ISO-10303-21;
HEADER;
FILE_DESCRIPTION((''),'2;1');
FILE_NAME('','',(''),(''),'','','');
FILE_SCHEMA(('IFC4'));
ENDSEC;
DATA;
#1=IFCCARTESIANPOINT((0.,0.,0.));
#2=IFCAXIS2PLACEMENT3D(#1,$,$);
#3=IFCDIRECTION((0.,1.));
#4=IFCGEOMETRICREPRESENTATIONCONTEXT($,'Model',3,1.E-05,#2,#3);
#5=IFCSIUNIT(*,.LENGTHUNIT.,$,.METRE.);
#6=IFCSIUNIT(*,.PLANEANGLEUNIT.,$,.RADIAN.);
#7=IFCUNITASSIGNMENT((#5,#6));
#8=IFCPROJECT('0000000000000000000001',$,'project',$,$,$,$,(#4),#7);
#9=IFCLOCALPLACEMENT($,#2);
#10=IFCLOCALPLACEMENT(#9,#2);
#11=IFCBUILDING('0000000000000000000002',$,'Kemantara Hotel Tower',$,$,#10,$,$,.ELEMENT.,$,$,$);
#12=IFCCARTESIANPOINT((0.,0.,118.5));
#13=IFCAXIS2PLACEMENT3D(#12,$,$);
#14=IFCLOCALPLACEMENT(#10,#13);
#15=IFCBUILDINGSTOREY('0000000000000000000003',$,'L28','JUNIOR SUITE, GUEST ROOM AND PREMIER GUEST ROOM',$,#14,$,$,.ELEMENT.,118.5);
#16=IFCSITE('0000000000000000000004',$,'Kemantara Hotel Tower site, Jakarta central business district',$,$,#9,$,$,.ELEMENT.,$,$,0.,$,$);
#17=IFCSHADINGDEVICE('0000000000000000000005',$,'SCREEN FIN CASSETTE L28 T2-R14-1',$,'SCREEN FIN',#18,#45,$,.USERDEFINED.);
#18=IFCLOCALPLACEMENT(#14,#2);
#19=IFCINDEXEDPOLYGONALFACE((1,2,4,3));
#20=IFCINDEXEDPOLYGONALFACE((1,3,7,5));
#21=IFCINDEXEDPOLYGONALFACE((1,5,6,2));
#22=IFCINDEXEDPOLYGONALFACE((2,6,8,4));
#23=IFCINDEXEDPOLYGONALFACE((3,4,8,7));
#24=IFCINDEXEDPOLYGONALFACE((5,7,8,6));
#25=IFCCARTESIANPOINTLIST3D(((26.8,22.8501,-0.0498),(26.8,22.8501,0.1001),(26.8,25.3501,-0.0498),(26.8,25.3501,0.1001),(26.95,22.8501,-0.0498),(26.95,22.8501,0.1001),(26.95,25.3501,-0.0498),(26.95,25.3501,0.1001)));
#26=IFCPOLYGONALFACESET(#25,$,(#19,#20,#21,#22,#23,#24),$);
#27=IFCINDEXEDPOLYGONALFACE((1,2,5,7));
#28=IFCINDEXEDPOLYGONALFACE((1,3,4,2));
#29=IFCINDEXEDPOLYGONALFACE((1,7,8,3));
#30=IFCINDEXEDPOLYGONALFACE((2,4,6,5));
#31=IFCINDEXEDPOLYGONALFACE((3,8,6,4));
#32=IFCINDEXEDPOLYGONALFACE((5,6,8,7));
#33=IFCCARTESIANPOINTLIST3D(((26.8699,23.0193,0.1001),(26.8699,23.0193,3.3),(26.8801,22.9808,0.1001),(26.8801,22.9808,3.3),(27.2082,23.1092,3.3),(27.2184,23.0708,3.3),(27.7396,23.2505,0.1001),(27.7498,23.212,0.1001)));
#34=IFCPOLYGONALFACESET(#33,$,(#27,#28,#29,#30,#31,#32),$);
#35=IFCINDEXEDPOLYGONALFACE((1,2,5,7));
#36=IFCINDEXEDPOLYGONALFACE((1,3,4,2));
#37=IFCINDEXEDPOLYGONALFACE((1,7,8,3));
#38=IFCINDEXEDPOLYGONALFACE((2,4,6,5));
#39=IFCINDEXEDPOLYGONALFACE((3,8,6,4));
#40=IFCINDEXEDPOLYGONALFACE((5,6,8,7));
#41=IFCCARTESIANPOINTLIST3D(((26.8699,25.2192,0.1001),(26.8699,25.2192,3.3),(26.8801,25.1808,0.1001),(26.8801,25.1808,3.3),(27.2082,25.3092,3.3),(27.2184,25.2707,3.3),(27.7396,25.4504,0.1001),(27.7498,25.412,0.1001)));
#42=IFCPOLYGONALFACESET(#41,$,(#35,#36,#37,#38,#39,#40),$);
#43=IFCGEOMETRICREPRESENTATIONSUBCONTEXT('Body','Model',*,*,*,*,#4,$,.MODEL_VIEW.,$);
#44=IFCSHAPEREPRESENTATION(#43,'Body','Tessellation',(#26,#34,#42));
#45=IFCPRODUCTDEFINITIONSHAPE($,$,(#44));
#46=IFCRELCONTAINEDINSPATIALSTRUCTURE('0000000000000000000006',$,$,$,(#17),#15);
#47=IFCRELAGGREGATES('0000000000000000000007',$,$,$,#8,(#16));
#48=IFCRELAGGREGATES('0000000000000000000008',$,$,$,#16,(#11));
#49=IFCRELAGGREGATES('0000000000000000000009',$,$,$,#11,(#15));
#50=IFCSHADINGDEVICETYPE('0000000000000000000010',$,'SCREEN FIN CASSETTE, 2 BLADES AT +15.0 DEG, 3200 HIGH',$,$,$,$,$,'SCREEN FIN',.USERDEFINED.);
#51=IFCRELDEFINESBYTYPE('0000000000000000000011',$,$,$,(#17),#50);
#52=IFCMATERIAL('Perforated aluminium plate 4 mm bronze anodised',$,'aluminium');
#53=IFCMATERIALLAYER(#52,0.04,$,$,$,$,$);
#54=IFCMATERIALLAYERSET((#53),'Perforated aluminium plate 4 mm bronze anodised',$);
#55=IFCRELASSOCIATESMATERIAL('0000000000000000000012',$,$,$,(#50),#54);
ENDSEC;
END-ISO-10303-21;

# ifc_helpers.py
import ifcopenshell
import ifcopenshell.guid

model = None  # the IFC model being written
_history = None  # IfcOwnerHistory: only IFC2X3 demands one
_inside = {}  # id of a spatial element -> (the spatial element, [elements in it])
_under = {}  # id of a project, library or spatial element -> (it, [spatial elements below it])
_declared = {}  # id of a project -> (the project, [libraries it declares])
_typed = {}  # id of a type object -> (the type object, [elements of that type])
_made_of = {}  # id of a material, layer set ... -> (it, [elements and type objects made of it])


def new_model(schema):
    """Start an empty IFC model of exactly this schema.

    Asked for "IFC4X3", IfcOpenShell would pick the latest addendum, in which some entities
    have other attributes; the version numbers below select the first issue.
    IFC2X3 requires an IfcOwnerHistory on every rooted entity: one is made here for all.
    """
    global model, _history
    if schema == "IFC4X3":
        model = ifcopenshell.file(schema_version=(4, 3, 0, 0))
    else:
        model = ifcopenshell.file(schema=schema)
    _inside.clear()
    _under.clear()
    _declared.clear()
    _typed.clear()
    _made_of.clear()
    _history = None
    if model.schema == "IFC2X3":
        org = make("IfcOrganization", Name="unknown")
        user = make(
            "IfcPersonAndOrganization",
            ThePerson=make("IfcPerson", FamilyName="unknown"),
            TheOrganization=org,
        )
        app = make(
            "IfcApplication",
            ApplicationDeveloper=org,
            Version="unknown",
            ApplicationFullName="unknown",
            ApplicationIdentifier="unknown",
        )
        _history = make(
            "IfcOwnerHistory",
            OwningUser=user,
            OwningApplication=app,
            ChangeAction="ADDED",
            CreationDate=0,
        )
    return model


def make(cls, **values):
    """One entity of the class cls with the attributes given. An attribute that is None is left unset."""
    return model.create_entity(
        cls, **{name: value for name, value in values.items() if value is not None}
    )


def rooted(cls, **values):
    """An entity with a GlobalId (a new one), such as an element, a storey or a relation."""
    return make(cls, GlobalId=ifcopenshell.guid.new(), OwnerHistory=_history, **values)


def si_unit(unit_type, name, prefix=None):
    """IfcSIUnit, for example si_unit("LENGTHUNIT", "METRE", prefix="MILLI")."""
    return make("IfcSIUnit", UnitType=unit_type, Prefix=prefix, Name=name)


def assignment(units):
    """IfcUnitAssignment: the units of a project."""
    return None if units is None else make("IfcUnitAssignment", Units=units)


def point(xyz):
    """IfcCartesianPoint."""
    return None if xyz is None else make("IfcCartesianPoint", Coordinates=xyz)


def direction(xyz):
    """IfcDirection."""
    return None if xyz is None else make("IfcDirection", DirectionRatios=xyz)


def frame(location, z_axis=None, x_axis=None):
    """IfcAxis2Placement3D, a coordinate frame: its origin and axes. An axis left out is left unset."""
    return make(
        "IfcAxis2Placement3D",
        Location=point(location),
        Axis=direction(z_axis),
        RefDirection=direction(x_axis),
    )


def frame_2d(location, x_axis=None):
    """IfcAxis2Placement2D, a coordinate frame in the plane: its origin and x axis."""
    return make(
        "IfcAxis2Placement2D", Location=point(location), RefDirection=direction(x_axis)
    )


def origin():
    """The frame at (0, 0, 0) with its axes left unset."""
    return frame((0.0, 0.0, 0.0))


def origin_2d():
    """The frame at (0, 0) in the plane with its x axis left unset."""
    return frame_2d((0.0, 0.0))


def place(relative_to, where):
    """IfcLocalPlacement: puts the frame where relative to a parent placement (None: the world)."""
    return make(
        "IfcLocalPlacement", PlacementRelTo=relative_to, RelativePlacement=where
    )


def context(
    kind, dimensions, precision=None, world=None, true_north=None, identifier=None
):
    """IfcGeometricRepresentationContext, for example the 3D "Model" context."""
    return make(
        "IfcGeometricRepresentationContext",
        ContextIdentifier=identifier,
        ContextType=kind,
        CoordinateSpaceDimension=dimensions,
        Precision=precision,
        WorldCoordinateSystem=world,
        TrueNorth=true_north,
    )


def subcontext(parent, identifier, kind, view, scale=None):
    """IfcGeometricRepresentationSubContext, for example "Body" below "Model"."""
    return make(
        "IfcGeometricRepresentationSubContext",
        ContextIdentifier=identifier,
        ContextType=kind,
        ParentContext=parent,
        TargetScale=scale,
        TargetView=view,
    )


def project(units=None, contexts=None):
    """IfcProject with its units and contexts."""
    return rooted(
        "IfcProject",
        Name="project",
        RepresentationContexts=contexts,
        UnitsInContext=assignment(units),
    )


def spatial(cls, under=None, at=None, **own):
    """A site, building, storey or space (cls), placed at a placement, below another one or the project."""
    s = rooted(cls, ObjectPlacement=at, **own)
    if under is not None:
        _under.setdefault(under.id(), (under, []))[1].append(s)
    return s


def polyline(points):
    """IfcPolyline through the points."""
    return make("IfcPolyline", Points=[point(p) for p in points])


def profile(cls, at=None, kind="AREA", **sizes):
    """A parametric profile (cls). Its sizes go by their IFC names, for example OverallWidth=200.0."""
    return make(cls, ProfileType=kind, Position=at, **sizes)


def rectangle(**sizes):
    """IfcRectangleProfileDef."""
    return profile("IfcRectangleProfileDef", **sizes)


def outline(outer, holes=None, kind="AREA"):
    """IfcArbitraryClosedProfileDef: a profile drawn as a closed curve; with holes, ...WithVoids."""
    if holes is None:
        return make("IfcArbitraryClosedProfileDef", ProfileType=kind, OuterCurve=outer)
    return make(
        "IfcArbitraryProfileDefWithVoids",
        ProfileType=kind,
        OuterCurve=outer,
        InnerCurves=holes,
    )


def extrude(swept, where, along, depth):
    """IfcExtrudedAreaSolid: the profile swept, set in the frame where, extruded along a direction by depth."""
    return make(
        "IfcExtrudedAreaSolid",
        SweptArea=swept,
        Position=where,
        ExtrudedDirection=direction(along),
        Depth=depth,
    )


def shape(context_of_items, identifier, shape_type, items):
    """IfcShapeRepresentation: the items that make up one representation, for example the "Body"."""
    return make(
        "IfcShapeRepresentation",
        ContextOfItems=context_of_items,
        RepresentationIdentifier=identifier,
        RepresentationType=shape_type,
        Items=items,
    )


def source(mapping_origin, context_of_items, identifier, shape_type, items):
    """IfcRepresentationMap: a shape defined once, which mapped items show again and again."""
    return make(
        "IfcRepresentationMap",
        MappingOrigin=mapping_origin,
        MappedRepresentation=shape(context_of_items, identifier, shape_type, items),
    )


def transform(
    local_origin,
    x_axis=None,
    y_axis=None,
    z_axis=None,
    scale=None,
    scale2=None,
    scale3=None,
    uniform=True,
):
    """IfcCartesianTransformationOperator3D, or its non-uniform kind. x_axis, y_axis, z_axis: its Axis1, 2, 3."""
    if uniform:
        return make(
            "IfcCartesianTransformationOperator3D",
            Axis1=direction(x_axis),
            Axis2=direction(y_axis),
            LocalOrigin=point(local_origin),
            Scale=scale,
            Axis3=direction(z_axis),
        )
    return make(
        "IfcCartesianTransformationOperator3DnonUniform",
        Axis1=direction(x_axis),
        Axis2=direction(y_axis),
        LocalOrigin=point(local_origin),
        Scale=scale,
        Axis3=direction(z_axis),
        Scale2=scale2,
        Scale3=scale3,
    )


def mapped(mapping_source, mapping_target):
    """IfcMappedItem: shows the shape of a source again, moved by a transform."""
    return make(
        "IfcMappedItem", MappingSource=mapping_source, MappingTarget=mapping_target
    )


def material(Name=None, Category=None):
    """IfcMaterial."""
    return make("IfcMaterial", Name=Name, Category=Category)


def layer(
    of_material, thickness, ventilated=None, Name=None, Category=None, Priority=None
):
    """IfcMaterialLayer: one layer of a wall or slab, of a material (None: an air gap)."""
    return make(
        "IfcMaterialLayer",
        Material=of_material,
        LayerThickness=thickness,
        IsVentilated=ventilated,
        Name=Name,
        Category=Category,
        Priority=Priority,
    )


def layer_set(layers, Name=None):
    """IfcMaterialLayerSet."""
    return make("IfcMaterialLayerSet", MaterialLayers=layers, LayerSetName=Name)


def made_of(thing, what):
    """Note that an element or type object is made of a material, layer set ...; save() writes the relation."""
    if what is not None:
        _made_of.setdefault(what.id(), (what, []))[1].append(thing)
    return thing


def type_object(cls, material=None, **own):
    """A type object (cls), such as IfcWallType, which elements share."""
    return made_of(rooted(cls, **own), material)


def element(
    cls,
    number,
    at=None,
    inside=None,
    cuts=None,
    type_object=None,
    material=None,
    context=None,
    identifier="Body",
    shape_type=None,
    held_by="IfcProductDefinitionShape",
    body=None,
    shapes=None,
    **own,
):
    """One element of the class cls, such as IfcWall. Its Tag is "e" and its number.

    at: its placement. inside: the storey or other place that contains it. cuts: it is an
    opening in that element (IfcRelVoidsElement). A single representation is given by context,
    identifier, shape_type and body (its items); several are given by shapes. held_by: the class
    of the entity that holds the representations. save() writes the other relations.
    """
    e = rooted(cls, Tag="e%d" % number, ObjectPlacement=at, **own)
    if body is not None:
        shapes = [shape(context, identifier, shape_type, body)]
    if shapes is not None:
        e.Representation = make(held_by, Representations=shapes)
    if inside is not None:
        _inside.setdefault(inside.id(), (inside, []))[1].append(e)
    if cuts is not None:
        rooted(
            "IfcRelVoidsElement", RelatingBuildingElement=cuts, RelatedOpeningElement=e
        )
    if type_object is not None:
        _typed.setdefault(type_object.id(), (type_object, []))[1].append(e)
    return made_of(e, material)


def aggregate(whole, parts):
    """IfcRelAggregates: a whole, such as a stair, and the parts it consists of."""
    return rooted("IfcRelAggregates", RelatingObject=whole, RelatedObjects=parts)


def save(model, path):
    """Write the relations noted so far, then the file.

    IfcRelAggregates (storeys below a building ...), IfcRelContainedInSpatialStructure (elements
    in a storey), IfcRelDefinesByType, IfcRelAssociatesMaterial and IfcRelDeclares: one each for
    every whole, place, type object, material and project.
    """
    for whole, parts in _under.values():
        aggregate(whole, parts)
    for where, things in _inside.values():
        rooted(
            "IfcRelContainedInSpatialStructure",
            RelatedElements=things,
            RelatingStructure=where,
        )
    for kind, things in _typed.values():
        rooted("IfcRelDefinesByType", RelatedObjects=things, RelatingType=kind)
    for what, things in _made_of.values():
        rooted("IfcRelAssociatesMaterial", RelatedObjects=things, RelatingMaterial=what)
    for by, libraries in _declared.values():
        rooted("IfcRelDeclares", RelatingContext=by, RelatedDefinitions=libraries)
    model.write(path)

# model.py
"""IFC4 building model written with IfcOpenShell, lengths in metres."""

from ifc_helpers import new_model, si_unit, direction, frame, origin, origin_2d, place, context, subcontext, project, spatial, polyline, rectangle, outline, extrude, source, transform, mapped, material, layer, layer_set, type_object, element, save


model = new_model("IFC4")

# Units and contexts
model_context = context("Model", 3, precision=1e-05, world=origin(), true_north=direction((0.0, 1.0)))
body_context = subcontext(model_context, "Body", "Model", "MODEL_VIEW")
ifc_project = project(units=[si_unit("LENGTHUNIT", "METRE"), si_unit("PLANEANGLEUNIT", "RADIAN")], contexts=[model_context])

# Site, building, storey
site_placement = place(None, origin())
site = spatial("IfcSite", under=ifc_project, at=site_placement, Name="Kemantara Hotel Tower site, Jakarta central business district", CompositionType="ELEMENT", RefElevation=0.0)
building_placement = place(site_placement, origin())
building = spatial("IfcBuilding", under=site, at=building_placement, Name="Kemantara Hotel Tower", CompositionType="ELEMENT")
storey_placement = place(building_placement, frame((0.0, 0.0, 118.5)))
storey = spatial("IfcBuildingStorey", under=building, at=storey_placement, Name="L28", Description="JUNIOR SUITE, GUEST ROOM AND PREMIER GUEST ROOM", CompositionType="ELEMENT", Elevation=118.5)

# Shading device
ifc_material_1 = material(Name="Perforated aluminium plate 4 mm bronze anodised", Category="aluminium")
ifc_layer_1 = layer(ifc_material_1, 0.04)
ifc_layer_set_1 = layer_set([ifc_layer_1], Name="Perforated aluminium plate 4 mm bronze anodised")
shading_device_type_1 = type_object("IfcShadingDeviceType", Name="SCREEN FIN CASSETTE, 2 BLADES AT +15.0 DEG, 3200 HIGH", ElementType="SCREEN FIN", PredefinedType="USERDEFINED", material=ifc_layer_set_1)
shared_shape_1 = source(origin(), body_context, "Body", "SweptSolid", [
    extrude(rectangle(XDim=2.5, YDim=0.1499, at=origin_2d()), frame((1.1001, -0.075, -0.1499), z_axis=(0.0, 0.0, 1.0), x_axis=(1.0, 0.0, 0.0)), (0.0, 0.0, 1.0), 0.1499),
    extrude(outline(polyline([(0.0, 0.0), (0.8999, 0.0), (0.3501, 3.2), (0.0, 3.2), (0.0, 0.0)])), frame((0.0193, -0.0698, 0.0), z_axis=(-0.966438, -0.256901, 0.0), x_axis=(0.256901, -0.966438, 0.0)), (0.0, 0.0, 1.0), 0.0398),
    extrude(outline(polyline([(0.0, 0.0), (0.8999, 0.0), (0.3501, 3.2), (0.0, 3.2), (0.0, 0.0)])), frame((2.2192, -0.0698, 0.0), z_axis=(-0.966438, -0.256901, 0.0), x_axis=(0.256901, -0.966438, 0.0)), (0.0, 0.0, 1.0), 0.0398),
])
shading_device_1_placement = place(storey_placement, frame((26.8, 23.0, 0.1001), z_axis=(0.0, 0.0, 1.0), x_axis=(0.0, 1.0, 0.0)))
element("IfcShadingDevice", 1, at=shading_device_1_placement, inside=storey, type_object=shading_device_type_1, Name="SCREEN FIN CASSETTE L28 T2-R14-1", ObjectType="SCREEN FIN", PredefinedType="USERDEFINED", context=body_context, shape_type="MappedRepresentation", body=[
    mapped(shared_shape_1, transform((0.0, 0.0, 0.0))),
])

save(model, "model.ifc")
